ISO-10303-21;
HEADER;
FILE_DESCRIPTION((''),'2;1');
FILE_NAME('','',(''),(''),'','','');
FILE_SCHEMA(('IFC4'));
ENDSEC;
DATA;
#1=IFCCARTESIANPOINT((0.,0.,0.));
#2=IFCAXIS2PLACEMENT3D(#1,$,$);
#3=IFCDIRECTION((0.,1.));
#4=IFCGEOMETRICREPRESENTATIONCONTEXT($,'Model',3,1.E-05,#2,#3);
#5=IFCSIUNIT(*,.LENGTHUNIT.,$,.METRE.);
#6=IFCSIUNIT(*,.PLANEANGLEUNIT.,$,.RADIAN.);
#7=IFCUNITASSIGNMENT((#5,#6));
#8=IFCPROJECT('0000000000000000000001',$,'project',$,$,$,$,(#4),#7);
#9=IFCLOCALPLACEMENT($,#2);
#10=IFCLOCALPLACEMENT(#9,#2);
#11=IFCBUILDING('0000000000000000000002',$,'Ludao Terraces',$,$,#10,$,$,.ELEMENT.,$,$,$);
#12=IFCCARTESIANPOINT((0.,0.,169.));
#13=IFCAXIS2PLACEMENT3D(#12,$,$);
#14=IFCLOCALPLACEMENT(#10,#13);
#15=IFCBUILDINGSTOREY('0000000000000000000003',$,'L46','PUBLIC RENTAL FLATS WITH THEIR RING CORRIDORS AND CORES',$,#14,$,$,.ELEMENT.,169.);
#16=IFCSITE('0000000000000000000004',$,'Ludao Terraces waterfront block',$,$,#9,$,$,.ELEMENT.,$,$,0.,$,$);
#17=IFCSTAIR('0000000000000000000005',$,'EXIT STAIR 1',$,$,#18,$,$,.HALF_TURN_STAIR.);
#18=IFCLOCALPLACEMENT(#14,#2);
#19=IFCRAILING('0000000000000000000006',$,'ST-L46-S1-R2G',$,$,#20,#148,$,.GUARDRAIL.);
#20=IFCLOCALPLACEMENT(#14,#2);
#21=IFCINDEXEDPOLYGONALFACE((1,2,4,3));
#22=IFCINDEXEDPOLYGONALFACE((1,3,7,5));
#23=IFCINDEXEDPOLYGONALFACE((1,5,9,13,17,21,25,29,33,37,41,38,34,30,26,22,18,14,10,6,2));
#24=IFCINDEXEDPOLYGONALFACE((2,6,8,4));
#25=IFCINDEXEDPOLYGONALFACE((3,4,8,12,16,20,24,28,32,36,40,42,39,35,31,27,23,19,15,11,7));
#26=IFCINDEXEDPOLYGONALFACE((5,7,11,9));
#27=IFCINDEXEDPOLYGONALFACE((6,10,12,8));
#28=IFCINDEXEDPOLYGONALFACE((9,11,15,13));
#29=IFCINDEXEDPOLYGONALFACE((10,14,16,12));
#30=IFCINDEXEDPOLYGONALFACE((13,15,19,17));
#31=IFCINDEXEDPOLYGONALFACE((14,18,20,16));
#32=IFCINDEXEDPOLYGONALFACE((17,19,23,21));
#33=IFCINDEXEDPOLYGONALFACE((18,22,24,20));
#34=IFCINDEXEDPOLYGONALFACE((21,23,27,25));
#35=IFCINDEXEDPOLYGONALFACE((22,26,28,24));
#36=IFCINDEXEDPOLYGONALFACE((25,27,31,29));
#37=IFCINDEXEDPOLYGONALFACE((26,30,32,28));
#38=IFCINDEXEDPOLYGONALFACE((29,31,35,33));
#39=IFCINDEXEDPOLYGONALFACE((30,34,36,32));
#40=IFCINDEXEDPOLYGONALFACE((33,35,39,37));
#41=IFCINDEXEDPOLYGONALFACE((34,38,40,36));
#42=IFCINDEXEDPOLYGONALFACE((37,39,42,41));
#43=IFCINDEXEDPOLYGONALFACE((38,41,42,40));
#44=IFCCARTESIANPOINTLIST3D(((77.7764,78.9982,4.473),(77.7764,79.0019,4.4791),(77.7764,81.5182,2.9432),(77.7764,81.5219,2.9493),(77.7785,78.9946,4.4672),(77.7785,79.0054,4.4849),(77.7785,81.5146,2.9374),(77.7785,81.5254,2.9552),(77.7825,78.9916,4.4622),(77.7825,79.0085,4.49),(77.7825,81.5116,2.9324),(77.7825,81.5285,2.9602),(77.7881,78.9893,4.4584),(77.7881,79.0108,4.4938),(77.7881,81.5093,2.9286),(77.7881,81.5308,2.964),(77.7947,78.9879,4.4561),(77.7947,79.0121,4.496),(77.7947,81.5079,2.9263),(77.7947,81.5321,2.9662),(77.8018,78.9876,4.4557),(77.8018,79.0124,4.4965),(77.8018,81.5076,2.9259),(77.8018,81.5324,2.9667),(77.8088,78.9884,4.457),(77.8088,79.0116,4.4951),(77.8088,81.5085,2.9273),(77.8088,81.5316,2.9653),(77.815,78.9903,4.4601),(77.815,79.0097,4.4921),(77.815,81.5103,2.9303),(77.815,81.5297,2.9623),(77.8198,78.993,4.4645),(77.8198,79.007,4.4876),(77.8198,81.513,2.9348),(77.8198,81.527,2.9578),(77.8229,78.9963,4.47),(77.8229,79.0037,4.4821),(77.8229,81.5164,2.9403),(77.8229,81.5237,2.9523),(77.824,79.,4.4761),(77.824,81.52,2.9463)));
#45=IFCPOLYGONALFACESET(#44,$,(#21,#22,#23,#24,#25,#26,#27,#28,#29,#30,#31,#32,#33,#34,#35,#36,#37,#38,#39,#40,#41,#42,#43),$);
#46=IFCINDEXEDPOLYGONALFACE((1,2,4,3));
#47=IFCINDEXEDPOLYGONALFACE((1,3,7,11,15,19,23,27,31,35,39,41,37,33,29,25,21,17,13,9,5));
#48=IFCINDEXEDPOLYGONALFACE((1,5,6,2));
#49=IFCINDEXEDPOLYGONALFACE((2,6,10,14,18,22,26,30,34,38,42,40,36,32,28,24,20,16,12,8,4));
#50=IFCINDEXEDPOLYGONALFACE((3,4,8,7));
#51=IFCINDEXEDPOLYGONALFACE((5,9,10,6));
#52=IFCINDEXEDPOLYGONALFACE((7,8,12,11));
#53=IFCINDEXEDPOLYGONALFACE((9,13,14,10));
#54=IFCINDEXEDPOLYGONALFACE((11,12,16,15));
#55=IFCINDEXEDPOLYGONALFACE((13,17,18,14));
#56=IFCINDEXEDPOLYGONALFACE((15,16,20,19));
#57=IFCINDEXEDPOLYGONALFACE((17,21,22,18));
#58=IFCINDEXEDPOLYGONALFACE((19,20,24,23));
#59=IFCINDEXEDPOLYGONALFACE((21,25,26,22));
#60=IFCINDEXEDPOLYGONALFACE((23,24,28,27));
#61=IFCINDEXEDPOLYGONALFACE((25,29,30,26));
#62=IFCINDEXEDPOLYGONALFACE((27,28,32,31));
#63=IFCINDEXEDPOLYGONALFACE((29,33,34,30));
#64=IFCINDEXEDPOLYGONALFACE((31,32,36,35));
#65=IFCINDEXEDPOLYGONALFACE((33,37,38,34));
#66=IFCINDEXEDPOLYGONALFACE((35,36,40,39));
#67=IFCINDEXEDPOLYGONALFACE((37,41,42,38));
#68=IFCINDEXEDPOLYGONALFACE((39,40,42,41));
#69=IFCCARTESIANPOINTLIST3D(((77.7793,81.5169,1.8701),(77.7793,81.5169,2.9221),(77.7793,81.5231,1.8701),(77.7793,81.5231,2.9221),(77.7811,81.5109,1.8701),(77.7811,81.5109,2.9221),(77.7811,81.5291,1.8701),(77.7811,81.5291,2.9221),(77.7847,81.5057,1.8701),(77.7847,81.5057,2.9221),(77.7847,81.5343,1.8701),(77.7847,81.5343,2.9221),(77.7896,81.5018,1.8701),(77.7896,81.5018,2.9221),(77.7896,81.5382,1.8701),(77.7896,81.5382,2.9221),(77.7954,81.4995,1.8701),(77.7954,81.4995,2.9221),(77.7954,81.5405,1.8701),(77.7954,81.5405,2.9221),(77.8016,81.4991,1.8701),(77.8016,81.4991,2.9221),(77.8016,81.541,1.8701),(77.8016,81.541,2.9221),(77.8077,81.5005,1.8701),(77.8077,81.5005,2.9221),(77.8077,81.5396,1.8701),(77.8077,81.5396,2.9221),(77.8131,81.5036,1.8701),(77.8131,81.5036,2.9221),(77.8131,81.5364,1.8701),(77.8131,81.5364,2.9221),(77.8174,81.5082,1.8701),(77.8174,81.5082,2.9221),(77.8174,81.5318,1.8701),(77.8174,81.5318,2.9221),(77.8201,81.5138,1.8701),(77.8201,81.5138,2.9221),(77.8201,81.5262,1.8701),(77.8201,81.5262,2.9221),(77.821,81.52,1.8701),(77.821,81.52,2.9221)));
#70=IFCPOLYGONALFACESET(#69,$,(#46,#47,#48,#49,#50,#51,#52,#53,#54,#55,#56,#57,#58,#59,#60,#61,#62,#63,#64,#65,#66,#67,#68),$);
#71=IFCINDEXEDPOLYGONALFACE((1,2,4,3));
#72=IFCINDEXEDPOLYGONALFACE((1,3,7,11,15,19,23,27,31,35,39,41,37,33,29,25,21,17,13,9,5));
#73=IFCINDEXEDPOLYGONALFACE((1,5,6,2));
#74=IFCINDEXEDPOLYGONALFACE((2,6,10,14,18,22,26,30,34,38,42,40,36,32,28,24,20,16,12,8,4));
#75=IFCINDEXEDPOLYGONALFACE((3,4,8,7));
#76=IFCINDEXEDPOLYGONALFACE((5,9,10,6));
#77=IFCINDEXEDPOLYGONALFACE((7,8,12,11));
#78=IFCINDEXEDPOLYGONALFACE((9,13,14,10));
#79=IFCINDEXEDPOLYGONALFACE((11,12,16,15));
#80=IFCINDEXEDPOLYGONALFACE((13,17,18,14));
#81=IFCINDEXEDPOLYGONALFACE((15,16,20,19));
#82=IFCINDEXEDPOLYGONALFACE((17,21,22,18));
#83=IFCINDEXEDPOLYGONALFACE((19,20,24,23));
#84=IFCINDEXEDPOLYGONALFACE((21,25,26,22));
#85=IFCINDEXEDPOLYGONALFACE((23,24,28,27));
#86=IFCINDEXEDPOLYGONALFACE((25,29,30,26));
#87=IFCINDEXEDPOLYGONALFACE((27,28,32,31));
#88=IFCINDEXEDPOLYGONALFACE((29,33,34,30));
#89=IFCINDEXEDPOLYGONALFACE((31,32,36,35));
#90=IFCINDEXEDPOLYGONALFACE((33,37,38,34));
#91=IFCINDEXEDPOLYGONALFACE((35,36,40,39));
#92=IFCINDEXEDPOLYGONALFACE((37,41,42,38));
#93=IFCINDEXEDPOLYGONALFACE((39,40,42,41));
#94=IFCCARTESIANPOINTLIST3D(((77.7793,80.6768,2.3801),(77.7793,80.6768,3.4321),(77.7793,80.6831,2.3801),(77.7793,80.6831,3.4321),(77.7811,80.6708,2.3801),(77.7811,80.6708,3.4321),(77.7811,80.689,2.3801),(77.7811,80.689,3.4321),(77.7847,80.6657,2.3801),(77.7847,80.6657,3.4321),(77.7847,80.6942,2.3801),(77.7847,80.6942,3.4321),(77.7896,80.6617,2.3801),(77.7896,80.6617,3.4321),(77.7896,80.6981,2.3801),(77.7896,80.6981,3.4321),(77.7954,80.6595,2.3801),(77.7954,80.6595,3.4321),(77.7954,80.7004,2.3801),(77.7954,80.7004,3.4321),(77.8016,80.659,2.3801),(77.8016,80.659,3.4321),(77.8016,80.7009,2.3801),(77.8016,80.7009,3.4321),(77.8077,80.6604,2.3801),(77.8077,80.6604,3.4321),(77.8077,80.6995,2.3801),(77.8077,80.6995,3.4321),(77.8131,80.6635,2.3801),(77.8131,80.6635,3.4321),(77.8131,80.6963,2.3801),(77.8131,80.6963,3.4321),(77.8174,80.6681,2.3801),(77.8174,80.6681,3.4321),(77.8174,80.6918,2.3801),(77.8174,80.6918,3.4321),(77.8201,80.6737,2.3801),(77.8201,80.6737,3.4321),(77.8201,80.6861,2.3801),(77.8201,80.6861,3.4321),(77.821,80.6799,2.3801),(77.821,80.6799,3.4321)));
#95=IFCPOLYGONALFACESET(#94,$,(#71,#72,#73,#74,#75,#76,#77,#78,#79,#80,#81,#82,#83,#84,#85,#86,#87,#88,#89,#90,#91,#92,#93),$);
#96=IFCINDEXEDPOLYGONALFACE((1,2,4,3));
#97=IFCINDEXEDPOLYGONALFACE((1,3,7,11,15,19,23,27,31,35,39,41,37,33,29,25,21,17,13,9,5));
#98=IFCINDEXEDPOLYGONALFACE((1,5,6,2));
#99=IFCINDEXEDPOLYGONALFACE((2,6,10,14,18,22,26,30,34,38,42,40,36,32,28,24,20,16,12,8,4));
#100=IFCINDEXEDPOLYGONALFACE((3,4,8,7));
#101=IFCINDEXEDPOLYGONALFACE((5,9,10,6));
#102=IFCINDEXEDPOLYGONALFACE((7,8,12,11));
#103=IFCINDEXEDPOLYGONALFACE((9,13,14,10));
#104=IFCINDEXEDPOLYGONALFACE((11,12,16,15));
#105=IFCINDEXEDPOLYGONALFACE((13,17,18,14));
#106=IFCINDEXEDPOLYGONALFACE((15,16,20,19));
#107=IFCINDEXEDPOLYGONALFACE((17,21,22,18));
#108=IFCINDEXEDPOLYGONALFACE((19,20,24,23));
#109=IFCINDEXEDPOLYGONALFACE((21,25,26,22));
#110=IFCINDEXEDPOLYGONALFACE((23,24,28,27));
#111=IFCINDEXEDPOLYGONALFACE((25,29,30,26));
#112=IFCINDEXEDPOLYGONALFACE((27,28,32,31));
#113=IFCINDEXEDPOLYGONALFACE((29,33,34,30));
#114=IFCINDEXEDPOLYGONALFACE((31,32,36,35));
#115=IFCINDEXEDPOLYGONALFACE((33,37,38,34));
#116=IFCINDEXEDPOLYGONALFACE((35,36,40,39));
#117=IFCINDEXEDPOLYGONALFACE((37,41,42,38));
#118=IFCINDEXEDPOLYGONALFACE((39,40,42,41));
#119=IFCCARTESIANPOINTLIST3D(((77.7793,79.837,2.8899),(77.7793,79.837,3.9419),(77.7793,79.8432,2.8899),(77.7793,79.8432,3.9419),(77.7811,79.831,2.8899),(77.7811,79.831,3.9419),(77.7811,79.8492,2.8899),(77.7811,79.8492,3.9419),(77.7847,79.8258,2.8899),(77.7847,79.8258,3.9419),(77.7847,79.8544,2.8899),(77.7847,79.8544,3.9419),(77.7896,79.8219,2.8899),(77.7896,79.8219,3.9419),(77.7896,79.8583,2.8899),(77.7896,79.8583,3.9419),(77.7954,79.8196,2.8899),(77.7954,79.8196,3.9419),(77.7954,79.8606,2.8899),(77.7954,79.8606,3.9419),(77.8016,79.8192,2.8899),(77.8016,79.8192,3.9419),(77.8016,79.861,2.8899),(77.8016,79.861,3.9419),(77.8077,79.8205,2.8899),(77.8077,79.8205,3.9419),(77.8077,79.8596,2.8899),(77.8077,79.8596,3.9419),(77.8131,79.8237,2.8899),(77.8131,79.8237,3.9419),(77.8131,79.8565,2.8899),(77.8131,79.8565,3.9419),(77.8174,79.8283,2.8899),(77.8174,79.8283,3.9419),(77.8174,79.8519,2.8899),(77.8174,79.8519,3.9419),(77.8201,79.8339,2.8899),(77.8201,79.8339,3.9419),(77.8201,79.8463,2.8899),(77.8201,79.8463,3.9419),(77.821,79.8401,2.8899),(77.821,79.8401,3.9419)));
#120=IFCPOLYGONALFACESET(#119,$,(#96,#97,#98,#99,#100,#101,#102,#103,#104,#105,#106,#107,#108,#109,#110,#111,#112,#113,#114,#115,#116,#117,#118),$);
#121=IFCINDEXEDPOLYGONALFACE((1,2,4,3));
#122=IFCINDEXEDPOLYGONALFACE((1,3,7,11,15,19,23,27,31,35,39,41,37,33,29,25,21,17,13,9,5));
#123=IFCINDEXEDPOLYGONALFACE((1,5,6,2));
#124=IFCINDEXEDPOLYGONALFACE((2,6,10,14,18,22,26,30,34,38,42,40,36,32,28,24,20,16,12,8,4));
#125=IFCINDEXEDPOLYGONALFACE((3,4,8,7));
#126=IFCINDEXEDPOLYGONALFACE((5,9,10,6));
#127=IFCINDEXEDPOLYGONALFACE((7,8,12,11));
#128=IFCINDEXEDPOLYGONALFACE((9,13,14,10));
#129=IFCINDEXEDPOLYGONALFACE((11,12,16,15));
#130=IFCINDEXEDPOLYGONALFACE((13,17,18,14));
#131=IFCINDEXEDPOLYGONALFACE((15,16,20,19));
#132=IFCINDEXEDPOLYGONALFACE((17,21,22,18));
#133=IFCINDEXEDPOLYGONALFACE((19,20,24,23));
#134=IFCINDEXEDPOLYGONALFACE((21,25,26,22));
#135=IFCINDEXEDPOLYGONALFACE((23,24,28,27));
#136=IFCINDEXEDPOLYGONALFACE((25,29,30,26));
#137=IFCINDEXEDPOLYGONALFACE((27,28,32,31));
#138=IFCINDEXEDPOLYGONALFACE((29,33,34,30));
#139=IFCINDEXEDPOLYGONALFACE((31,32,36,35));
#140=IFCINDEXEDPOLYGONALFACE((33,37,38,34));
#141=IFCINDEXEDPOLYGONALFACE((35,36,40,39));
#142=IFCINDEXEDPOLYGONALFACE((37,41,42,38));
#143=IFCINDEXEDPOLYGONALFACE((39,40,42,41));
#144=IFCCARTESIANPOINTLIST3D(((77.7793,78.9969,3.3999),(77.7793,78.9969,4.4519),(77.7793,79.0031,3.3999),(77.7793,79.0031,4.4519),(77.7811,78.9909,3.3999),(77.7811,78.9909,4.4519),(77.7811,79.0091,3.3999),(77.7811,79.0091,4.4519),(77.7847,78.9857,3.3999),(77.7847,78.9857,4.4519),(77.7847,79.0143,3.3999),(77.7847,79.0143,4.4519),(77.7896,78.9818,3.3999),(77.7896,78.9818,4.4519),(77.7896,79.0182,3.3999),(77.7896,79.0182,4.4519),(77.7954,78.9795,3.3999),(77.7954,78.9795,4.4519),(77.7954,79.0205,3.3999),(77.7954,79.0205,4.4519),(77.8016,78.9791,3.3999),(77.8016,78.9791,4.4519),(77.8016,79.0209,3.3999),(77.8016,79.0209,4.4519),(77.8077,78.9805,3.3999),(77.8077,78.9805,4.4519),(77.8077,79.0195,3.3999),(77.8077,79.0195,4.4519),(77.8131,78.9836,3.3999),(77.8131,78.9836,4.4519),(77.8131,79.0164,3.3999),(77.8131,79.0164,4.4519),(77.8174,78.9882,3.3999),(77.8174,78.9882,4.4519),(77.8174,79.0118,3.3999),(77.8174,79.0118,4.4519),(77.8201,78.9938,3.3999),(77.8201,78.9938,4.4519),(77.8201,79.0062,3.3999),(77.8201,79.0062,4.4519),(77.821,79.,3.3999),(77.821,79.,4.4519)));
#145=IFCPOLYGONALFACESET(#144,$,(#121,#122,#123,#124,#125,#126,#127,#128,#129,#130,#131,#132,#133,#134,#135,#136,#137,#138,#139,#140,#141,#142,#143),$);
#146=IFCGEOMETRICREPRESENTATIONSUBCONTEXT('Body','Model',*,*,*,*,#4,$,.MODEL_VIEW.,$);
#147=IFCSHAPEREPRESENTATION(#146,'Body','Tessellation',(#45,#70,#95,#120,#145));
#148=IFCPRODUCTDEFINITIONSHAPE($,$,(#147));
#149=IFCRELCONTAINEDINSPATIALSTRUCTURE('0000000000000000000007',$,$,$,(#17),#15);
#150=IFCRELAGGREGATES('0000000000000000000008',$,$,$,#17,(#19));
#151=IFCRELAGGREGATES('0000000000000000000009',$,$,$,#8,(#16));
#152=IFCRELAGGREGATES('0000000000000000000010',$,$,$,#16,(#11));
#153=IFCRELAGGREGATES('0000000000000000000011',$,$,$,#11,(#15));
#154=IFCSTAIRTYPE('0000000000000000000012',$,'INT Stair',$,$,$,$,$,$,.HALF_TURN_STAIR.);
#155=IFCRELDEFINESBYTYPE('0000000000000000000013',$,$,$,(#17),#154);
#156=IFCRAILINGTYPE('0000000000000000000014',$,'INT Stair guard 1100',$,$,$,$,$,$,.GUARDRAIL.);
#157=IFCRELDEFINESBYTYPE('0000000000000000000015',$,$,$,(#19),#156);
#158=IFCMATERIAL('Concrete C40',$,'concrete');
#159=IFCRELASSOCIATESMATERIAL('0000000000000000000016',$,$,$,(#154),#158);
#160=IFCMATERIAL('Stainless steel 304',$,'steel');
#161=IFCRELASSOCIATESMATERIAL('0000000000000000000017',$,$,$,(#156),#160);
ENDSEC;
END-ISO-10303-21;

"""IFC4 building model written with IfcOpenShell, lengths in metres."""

from ifc_helpers import new_model, si_unit, direction, frame, origin, origin_2d, place, context, subcontext, project, spatial, circle, extrude, material, type_object, element, aggregate, save


model = new_model("IFC4")

# Units and contexts
model_context = context("Model", 3, precision=1e-05, world=origin(), true_north=direction((0.0, 1.0)))
body_context = subcontext(model_context, "Body", "Model", "MODEL_VIEW")
ifc_project = project(units=[si_unit("LENGTHUNIT", "METRE"), si_unit("PLANEANGLEUNIT", "RADIAN")], contexts=[model_context])

# Site, building, storey
site_placement = place(None, origin())
site = spatial("IfcSite", under=ifc_project, at=site_placement, Name="Ludao Terraces waterfront block", CompositionType="ELEMENT", RefElevation=0.0)
building_placement = place(site_placement, origin())
building = spatial("IfcBuilding", under=site, at=building_placement, Name="Ludao Terraces", CompositionType="ELEMENT")
storey_placement = place(building_placement, frame((0.0, 0.0, 169.0)))
storey = spatial("IfcBuildingStorey", under=building, at=storey_placement, Name="L46", Description="PUBLIC RENTAL FLATS WITH THEIR RING CORRIDORS AND CORES", CompositionType="ELEMENT", Elevation=169.0)

# Stair, railing
ifc_material_1 = material(Name="Concrete C40", Category="concrete")
stair_type = type_object("IfcStairType", Name="INT Stair", PredefinedType="HALF_TURN_STAIR", material=ifc_material_1)
stair_placement = place(storey_placement, origin())
stair = element("IfcStair", 1, at=stair_placement, inside=storey, type_object=stair_type, Name="EXIT STAIR 1", PredefinedType="HALF_TURN_STAIR")
ifc_material_2 = material(Name="Stainless steel 304", Category="steel")
railing_type_1 = type_object("IfcRailingType", Name="INT Stair guard 1100", PredefinedType="GUARDRAIL", material=ifc_material_2)
railing_1_placement = place(storey_placement, frame((77.8, 81.52, 1.8701)))
railing_1 = element("IfcRailing", 2, at=railing_1_placement, type_object=railing_type_1, Name="ST-L46-S1-R2G", PredefinedType="GUARDRAIL", context=body_context, shape_type="SweptSolid", body=[
    extrude(circle(Radius=0.0239, at=origin_2d()), frame((0.0, 0.0, 1.0762), z_axis=(0.0, -0.854822, 0.518922), x_axis=(1.0, 0.0, 0.0)), (0.0, 0.0, 1.0), 2.948),
    extrude(circle(Radius=0.021, at=origin_2d()), origin(), (0.0, 0.0, 1.0), 1.052),
    extrude(circle(Radius=0.021, at=origin_2d()), frame((0.0, -0.8401, 0.51)), (0.0, 0.0, 1.0), 1.052),
    extrude(circle(Radius=0.021, at=origin_2d()), frame((0.0, -1.6799, 1.0198)), (0.0, 0.0, 1.0), 1.052),
    extrude(circle(Radius=0.021, at=origin_2d()), frame((0.0, -2.52, 1.5298)), (0.0, 0.0, 1.0), 1.052),
])
aggregate(stair, [railing_1])

save(model, "model.ifc")
